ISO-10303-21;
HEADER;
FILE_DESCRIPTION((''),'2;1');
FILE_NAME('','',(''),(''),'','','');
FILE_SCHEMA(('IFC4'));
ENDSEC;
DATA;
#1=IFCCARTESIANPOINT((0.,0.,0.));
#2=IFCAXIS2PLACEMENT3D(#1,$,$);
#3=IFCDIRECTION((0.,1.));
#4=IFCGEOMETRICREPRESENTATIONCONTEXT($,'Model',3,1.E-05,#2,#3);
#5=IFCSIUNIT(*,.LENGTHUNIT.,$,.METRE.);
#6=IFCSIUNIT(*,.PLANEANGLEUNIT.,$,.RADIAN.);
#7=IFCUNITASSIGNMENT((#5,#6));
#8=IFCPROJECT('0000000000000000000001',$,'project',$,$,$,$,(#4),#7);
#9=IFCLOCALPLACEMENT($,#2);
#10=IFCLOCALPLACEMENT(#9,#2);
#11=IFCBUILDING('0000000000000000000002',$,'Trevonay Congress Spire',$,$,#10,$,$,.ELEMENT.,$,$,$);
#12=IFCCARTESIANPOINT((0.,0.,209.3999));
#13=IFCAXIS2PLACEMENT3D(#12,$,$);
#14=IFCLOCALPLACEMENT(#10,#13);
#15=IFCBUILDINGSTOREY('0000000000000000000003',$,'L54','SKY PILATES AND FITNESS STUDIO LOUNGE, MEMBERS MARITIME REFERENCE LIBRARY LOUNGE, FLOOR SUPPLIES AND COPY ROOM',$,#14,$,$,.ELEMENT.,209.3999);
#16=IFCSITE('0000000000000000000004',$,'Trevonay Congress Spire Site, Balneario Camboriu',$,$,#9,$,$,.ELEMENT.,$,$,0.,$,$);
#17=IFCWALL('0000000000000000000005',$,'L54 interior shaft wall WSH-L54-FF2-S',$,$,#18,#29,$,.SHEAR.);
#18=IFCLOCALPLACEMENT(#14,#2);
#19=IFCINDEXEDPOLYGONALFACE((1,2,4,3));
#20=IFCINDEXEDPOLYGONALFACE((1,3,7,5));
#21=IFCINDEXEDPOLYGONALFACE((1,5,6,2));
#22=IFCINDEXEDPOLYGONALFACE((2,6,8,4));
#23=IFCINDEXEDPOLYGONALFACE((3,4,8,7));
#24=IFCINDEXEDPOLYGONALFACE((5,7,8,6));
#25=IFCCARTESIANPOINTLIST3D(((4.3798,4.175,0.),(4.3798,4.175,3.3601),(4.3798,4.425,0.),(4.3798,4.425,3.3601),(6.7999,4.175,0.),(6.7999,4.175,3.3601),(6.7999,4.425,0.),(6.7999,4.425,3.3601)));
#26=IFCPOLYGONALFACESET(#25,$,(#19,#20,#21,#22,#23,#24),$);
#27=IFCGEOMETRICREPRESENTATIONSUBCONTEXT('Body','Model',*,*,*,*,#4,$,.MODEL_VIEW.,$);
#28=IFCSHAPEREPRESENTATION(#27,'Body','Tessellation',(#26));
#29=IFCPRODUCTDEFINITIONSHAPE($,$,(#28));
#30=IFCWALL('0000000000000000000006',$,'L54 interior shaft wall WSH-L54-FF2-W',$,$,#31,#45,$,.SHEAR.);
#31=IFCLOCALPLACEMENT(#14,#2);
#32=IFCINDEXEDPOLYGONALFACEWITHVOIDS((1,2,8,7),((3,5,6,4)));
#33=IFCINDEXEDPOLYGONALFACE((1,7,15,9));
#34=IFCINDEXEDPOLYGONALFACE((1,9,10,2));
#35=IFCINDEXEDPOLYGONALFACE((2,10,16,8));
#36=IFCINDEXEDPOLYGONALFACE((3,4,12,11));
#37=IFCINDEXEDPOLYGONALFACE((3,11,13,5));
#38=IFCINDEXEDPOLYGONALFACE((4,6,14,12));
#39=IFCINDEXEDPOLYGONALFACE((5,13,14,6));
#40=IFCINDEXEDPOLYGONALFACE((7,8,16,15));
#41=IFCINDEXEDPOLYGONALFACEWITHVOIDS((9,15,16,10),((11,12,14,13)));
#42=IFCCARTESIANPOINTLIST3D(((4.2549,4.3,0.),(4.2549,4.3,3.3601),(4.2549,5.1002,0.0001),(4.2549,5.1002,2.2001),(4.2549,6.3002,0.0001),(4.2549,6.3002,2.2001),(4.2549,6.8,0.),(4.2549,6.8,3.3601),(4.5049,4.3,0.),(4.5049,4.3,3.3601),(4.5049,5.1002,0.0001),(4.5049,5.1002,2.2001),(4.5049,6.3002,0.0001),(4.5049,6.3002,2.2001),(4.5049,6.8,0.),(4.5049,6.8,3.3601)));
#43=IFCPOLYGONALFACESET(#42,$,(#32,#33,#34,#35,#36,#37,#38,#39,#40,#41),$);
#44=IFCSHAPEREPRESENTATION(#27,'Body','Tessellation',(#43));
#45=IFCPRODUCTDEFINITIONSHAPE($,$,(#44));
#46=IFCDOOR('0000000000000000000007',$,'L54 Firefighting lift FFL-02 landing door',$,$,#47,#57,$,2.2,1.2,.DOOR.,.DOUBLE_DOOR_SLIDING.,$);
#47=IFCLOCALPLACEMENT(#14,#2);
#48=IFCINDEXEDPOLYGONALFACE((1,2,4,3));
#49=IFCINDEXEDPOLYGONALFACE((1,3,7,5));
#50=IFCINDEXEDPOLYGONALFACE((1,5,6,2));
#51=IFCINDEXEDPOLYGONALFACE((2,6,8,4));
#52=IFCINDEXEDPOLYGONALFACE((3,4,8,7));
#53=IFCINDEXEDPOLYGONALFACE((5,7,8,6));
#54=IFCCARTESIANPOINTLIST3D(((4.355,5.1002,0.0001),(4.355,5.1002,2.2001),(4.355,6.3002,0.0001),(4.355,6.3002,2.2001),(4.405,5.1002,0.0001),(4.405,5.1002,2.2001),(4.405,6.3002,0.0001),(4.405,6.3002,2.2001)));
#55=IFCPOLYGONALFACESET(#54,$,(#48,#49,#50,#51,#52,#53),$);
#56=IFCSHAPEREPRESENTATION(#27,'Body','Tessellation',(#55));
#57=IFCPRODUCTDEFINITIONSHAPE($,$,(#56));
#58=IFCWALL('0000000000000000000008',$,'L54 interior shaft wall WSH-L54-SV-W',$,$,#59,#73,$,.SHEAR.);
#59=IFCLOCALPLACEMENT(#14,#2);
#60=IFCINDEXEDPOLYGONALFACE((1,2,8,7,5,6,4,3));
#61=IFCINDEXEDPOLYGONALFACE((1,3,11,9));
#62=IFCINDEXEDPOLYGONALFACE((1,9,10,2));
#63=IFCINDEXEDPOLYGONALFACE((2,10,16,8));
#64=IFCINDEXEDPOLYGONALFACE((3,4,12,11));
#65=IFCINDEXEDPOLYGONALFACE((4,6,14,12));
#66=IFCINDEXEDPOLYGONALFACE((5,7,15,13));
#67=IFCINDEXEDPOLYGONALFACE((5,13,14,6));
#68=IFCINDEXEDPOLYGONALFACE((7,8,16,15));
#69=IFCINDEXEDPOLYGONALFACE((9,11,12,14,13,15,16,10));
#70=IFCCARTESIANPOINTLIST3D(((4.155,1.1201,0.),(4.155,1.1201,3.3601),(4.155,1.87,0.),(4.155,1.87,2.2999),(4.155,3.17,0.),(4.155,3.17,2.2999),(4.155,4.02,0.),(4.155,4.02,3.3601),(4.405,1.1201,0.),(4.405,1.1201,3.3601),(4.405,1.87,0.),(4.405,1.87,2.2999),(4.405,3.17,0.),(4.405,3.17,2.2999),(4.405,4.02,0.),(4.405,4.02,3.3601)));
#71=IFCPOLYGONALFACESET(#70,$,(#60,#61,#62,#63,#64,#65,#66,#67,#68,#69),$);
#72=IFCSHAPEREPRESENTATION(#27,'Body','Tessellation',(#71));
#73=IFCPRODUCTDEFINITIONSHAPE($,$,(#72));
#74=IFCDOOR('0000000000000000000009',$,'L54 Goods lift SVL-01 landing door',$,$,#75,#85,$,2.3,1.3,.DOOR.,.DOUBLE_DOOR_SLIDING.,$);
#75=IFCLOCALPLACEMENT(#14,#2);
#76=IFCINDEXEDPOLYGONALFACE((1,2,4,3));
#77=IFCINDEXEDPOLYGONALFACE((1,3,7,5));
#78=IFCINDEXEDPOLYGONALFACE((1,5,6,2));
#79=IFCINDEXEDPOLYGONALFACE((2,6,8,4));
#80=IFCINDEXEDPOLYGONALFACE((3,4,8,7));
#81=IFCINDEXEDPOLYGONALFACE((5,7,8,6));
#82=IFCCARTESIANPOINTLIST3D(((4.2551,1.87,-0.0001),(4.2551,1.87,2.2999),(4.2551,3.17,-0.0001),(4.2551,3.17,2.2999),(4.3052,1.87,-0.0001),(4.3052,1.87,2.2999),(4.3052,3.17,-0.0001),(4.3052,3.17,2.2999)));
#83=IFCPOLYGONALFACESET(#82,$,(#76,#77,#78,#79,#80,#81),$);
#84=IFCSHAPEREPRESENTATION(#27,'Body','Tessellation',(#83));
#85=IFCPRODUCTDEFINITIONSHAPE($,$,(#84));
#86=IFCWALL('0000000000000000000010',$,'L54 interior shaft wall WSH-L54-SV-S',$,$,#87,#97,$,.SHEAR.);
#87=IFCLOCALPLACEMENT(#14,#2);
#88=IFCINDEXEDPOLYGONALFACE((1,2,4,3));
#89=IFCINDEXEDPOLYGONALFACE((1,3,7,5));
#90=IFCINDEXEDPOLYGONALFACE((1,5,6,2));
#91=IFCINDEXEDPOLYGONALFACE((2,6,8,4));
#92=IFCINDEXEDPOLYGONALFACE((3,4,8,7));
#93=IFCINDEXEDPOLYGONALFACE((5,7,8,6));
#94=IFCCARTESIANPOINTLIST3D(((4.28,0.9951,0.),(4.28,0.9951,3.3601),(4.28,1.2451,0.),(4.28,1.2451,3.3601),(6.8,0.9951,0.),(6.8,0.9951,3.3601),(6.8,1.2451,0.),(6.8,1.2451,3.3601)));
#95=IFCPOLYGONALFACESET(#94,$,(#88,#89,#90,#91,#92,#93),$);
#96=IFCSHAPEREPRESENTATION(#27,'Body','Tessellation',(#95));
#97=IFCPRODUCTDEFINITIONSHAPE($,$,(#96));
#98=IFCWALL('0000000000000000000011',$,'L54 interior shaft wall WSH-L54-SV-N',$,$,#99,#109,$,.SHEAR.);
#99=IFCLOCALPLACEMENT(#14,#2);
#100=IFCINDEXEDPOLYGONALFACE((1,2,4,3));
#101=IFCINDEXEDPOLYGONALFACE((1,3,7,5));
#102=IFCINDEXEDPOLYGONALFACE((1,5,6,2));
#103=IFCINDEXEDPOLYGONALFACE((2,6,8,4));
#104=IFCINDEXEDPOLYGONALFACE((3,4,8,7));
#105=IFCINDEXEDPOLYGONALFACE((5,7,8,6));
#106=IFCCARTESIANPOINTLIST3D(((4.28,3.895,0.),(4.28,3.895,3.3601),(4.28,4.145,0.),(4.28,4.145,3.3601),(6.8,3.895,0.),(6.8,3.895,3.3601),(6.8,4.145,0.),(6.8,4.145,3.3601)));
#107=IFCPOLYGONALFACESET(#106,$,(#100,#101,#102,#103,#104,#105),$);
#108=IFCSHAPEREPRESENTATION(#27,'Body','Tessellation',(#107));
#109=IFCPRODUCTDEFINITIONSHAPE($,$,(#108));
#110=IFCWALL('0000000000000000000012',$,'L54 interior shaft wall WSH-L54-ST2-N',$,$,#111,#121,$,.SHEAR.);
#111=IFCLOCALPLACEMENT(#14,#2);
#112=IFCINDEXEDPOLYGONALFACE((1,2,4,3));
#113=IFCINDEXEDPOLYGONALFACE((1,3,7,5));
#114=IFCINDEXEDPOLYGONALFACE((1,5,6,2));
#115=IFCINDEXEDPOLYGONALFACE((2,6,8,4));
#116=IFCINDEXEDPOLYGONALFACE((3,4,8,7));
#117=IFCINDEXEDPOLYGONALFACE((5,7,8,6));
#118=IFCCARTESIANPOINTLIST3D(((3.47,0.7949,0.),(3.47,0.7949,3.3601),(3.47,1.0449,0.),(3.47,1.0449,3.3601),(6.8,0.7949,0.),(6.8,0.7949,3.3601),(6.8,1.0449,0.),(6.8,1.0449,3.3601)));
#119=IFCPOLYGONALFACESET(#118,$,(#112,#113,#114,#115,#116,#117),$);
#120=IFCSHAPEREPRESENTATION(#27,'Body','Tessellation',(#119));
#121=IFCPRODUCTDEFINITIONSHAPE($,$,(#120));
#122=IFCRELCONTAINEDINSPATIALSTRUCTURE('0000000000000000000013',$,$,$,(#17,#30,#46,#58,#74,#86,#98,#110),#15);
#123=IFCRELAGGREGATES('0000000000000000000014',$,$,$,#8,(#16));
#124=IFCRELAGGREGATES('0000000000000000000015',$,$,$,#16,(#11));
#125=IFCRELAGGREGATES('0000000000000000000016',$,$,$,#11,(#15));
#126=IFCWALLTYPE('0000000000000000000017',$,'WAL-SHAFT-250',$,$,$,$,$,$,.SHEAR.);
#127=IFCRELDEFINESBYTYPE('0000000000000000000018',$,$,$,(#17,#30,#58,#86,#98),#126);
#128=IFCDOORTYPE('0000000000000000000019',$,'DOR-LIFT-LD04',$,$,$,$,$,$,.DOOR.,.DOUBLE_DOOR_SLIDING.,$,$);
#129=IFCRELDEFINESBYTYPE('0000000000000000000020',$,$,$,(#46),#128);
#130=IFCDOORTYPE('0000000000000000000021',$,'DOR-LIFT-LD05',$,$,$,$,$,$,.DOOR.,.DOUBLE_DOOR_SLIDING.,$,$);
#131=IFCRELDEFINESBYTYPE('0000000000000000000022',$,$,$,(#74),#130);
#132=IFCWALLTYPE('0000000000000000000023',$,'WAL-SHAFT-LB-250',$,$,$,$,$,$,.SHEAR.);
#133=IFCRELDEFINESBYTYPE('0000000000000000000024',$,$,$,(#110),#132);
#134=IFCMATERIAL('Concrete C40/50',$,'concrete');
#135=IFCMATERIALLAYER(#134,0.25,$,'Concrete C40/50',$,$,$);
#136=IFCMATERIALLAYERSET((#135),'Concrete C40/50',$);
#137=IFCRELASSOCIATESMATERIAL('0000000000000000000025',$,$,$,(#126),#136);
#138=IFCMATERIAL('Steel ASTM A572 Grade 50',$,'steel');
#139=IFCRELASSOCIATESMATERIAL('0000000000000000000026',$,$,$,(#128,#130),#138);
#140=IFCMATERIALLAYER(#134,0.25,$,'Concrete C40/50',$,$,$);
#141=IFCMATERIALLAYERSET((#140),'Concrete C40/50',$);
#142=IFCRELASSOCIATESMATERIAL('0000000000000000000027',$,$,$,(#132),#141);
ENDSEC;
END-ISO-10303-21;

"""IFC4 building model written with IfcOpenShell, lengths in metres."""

from ifc_helpers import new_model, si_unit, direction, frame, frame_2d, origin, place, context, subcontext, project, spatial, rectangle, extrude, material, layer, layer_set, type_object, element, fill, save


model = new_model("IFC4")

# Units and contexts
model_context = context("Model", 3, precision=1e-05, world=origin(), true_north=direction((0.0, 1.0)))
body_context = subcontext(model_context, "Body", "Model", "MODEL_VIEW")
ifc_project = project(units=[si_unit("LENGTHUNIT", "METRE"), si_unit("PLANEANGLEUNIT", "RADIAN")], contexts=[model_context])

# Site, building, storey
site_placement = place(None, origin())
site = spatial("IfcSite", under=ifc_project, at=site_placement, Name="Trevonay Congress Spire Site, Balneario Camboriu", CompositionType="ELEMENT", RefElevation=0.0)
building_placement = place(site_placement, origin())
building = spatial("IfcBuilding", under=site, at=building_placement, Name="Trevonay Congress Spire", CompositionType="ELEMENT")
storey_placement = place(building_placement, frame((0.0, 0.0, 209.3999)))
storey = spatial("IfcBuildingStorey", under=building, at=storey_placement, Name="L54", Description="SKY PILATES AND FITNESS STUDIO LOUNGE, MEMBERS MARITIME REFERENCE LIBRARY LOUNGE, FLOOR SUPPLIES AND COPY ROOM", CompositionType="ELEMENT", Elevation=209.3999)

# Shared definitions
ifc_material_1 = material(Name="Steel ASTM A572 Grade 50", Category="steel")

# Wall
ifc_material_2 = material(Name="Concrete C40/50", Category="concrete")
ifc_layer_1 = layer(ifc_material_2, 0.25, Name="Concrete C40/50")
ifc_layer_set_1 = layer_set([ifc_layer_1], Name="Concrete C40/50")
wall_type_1 = type_object("IfcWallType", Name="WAL-SHAFT-250", PredefinedType="SHEAR", material=ifc_layer_set_1)
wall_1_placement = place(storey_placement, frame((4.3799, 4.3, 0.0), z_axis=(0.0, 0.0, 1.0), x_axis=(1.0, 0.0, 0.0)))
element("IfcWall", 1, at=wall_1_placement, inside=storey, type_object=wall_type_1, Name="L54 interior shaft wall WSH-L54-FF2-S", PredefinedType="SHEAR", context=body_context, shape_type="SweptSolid", body=[
    extrude(rectangle(XDim=2.4202, YDim=0.25, at=frame_2d((1.21, 0.0))), origin(), (0.0, 0.0, 1.0), 3.3601),
])

# Walls, openings, doors
wall_2_placement = place(storey_placement, frame((4.3799, 4.3, 0.0), z_axis=(0.0, 0.0, 1.0), x_axis=(0.0, 1.0, 0.0)))
wall_2 = element("IfcWall", 2, at=wall_2_placement, inside=storey, type_object=wall_type_1, Name="L54 interior shaft wall WSH-L54-FF2-W", PredefinedType="SHEAR", context=body_context, shape_type="SweptSolid", body=[
    extrude(rectangle(XDim=2.5, YDim=0.25, at=frame_2d((1.25, 0.0))), origin(), (0.0, 0.0, 1.0), 3.3601),
])
opening_1_placement = place(wall_2_placement, frame((0.8, 0.0, 0.0)))
opening_1 = element("IfcOpeningElement", 3, at=opening_1_placement, cuts=wall_2, PredefinedType="OPENING", context=body_context, shape_type="SweptSolid", body=[
    extrude(rectangle(XDim=1.2, YDim=2.2, at=frame_2d((0.6001, 1.1001))), frame((0.0, 0.135, 0.0), z_axis=(0.0, -1.0, 0.0), x_axis=(1.0, 0.0, 0.0)), (0.0, 0.0, 1.0), 0.27),
])
door_type_1 = type_object("IfcDoorType", Name="DOR-LIFT-LD04", OperationType="DOUBLE_DOOR_SLIDING", PredefinedType="DOOR", material=ifc_material_1)
door_1_placement = place(opening_1_placement, origin())
door_1 = element("IfcDoor", 4, at=door_1_placement, inside=storey, type_object=door_type_1, Name="L54 Firefighting lift FFL-02 landing door", OperationType="DOUBLE_DOOR_SLIDING", OverallHeight=2.2, OverallWidth=1.2, PredefinedType="DOOR", context=body_context, shape_type="SweptSolid", body=[
    extrude(rectangle(XDim=1.2, YDim=2.2, at=frame_2d((0.6001, 1.1001))), frame((0.0, 0.0249, 0.0), z_axis=(0.0, -1.0, 0.0), x_axis=(1.0, 0.0, 0.0)), (0.0, 0.0, 1.0), 0.05),
])
fill(opening_1, door_1)
wall_3_placement = place(storey_placement, frame((4.28, 1.1201, 0.0), z_axis=(0.0, 0.0, 1.0), x_axis=(0.0, 1.0, 0.0)))
wall_3 = element("IfcWall", 5, at=wall_3_placement, inside=storey, type_object=wall_type_1, Name="L54 interior shaft wall WSH-L54-SV-W", PredefinedType="SHEAR", context=body_context, shape_type="SweptSolid", body=[
    extrude(rectangle(XDim=2.8999, YDim=0.25, at=frame_2d((1.45, 0.0))), origin(), (0.0, 0.0, 1.0), 3.3601),
])
opening_2_placement = place(wall_3_placement, frame((0.75, 0.0, 0.0)))
opening_2 = element("IfcOpeningElement", 6, at=opening_2_placement, cuts=wall_3, PredefinedType="OPENING", context=body_context, shape_type="SweptSolid", body=[
    extrude(rectangle(XDim=1.3, YDim=2.3, at=frame_2d((0.6499, 1.1499))), frame((0.0, 0.135, 0.0), z_axis=(0.0, -1.0, 0.0), x_axis=(1.0, 0.0, 0.0)), (0.0, 0.0, 1.0), 0.27),
])
door_type_2 = type_object("IfcDoorType", Name="DOR-LIFT-LD05", OperationType="DOUBLE_DOOR_SLIDING", PredefinedType="DOOR", material=ifc_material_1)
door_2_placement = place(opening_2_placement, origin())
door_2 = element("IfcDoor", 7, at=door_2_placement, inside=storey, type_object=door_type_2, Name="L54 Goods lift SVL-01 landing door", OperationType="DOUBLE_DOOR_SLIDING", OverallHeight=2.3, OverallWidth=1.3, PredefinedType="DOOR", context=body_context, shape_type="SweptSolid", body=[
    extrude(rectangle(XDim=1.3, YDim=2.3, at=frame_2d((0.6499, 1.1499))), frame((0.0, 0.0249, 0.0), z_axis=(0.0, -1.0, 0.0), x_axis=(1.0, 0.0, 0.0)), (0.0, 0.0, 1.0), 0.05),
])
fill(opening_2, door_2)

# Walls
for number, where, z_axis, x_axis, name in (
    (8, (4.28, 1.1201, 0.0), (0.0, 0.0, 1.0), (1.0, 0.0, 0.0), "L54 interior shaft wall WSH-L54-SV-S"),
    (9, (4.28, 4.02, 0.0), (0.0, 0.0, 1.0), (1.0, 0.0, 0.0), "L54 interior shaft wall WSH-L54-SV-N"),
):
    element("IfcWall", number, at=place(storey_placement, frame(where, z_axis=z_axis, x_axis=x_axis)), inside=storey, type_object=wall_type_1, Name=name, PredefinedType="SHEAR", context=body_context, shape_type="SweptSolid", body=[
        extrude(rectangle(XDim=2.52, YDim=0.25, at=frame_2d((1.26, 0.0))), origin(), (0.0, 0.0, 1.0), 3.3601),
    ])
ifc_layer_2 = layer(ifc_material_2, 0.25, Name="Concrete C40/50")
ifc_layer_set_2 = layer_set([ifc_layer_2], Name="Concrete C40/50")
wall_type_2 = type_object("IfcWallType", Name="WAL-SHAFT-LB-250", PredefinedType="SHEAR", material=ifc_layer_set_2)
wall_4_placement = place(storey_placement, frame((3.47, 0.9199, 0.0), z_axis=(0.0, 0.0, 1.0), x_axis=(1.0, 0.0, 0.0)))
element("IfcWall", 10, at=wall_4_placement, inside=storey, type_object=wall_type_2, Name="L54 interior shaft wall WSH-L54-ST2-N", PredefinedType="SHEAR", context=body_context, shape_type="SweptSolid", body=[
    extrude(rectangle(XDim=3.3301, YDim=0.25, at=frame_2d((1.665, 0.0))), origin(), (0.0, 0.0, 1.0), 3.3601),
])

save(model, "model.ifc")
